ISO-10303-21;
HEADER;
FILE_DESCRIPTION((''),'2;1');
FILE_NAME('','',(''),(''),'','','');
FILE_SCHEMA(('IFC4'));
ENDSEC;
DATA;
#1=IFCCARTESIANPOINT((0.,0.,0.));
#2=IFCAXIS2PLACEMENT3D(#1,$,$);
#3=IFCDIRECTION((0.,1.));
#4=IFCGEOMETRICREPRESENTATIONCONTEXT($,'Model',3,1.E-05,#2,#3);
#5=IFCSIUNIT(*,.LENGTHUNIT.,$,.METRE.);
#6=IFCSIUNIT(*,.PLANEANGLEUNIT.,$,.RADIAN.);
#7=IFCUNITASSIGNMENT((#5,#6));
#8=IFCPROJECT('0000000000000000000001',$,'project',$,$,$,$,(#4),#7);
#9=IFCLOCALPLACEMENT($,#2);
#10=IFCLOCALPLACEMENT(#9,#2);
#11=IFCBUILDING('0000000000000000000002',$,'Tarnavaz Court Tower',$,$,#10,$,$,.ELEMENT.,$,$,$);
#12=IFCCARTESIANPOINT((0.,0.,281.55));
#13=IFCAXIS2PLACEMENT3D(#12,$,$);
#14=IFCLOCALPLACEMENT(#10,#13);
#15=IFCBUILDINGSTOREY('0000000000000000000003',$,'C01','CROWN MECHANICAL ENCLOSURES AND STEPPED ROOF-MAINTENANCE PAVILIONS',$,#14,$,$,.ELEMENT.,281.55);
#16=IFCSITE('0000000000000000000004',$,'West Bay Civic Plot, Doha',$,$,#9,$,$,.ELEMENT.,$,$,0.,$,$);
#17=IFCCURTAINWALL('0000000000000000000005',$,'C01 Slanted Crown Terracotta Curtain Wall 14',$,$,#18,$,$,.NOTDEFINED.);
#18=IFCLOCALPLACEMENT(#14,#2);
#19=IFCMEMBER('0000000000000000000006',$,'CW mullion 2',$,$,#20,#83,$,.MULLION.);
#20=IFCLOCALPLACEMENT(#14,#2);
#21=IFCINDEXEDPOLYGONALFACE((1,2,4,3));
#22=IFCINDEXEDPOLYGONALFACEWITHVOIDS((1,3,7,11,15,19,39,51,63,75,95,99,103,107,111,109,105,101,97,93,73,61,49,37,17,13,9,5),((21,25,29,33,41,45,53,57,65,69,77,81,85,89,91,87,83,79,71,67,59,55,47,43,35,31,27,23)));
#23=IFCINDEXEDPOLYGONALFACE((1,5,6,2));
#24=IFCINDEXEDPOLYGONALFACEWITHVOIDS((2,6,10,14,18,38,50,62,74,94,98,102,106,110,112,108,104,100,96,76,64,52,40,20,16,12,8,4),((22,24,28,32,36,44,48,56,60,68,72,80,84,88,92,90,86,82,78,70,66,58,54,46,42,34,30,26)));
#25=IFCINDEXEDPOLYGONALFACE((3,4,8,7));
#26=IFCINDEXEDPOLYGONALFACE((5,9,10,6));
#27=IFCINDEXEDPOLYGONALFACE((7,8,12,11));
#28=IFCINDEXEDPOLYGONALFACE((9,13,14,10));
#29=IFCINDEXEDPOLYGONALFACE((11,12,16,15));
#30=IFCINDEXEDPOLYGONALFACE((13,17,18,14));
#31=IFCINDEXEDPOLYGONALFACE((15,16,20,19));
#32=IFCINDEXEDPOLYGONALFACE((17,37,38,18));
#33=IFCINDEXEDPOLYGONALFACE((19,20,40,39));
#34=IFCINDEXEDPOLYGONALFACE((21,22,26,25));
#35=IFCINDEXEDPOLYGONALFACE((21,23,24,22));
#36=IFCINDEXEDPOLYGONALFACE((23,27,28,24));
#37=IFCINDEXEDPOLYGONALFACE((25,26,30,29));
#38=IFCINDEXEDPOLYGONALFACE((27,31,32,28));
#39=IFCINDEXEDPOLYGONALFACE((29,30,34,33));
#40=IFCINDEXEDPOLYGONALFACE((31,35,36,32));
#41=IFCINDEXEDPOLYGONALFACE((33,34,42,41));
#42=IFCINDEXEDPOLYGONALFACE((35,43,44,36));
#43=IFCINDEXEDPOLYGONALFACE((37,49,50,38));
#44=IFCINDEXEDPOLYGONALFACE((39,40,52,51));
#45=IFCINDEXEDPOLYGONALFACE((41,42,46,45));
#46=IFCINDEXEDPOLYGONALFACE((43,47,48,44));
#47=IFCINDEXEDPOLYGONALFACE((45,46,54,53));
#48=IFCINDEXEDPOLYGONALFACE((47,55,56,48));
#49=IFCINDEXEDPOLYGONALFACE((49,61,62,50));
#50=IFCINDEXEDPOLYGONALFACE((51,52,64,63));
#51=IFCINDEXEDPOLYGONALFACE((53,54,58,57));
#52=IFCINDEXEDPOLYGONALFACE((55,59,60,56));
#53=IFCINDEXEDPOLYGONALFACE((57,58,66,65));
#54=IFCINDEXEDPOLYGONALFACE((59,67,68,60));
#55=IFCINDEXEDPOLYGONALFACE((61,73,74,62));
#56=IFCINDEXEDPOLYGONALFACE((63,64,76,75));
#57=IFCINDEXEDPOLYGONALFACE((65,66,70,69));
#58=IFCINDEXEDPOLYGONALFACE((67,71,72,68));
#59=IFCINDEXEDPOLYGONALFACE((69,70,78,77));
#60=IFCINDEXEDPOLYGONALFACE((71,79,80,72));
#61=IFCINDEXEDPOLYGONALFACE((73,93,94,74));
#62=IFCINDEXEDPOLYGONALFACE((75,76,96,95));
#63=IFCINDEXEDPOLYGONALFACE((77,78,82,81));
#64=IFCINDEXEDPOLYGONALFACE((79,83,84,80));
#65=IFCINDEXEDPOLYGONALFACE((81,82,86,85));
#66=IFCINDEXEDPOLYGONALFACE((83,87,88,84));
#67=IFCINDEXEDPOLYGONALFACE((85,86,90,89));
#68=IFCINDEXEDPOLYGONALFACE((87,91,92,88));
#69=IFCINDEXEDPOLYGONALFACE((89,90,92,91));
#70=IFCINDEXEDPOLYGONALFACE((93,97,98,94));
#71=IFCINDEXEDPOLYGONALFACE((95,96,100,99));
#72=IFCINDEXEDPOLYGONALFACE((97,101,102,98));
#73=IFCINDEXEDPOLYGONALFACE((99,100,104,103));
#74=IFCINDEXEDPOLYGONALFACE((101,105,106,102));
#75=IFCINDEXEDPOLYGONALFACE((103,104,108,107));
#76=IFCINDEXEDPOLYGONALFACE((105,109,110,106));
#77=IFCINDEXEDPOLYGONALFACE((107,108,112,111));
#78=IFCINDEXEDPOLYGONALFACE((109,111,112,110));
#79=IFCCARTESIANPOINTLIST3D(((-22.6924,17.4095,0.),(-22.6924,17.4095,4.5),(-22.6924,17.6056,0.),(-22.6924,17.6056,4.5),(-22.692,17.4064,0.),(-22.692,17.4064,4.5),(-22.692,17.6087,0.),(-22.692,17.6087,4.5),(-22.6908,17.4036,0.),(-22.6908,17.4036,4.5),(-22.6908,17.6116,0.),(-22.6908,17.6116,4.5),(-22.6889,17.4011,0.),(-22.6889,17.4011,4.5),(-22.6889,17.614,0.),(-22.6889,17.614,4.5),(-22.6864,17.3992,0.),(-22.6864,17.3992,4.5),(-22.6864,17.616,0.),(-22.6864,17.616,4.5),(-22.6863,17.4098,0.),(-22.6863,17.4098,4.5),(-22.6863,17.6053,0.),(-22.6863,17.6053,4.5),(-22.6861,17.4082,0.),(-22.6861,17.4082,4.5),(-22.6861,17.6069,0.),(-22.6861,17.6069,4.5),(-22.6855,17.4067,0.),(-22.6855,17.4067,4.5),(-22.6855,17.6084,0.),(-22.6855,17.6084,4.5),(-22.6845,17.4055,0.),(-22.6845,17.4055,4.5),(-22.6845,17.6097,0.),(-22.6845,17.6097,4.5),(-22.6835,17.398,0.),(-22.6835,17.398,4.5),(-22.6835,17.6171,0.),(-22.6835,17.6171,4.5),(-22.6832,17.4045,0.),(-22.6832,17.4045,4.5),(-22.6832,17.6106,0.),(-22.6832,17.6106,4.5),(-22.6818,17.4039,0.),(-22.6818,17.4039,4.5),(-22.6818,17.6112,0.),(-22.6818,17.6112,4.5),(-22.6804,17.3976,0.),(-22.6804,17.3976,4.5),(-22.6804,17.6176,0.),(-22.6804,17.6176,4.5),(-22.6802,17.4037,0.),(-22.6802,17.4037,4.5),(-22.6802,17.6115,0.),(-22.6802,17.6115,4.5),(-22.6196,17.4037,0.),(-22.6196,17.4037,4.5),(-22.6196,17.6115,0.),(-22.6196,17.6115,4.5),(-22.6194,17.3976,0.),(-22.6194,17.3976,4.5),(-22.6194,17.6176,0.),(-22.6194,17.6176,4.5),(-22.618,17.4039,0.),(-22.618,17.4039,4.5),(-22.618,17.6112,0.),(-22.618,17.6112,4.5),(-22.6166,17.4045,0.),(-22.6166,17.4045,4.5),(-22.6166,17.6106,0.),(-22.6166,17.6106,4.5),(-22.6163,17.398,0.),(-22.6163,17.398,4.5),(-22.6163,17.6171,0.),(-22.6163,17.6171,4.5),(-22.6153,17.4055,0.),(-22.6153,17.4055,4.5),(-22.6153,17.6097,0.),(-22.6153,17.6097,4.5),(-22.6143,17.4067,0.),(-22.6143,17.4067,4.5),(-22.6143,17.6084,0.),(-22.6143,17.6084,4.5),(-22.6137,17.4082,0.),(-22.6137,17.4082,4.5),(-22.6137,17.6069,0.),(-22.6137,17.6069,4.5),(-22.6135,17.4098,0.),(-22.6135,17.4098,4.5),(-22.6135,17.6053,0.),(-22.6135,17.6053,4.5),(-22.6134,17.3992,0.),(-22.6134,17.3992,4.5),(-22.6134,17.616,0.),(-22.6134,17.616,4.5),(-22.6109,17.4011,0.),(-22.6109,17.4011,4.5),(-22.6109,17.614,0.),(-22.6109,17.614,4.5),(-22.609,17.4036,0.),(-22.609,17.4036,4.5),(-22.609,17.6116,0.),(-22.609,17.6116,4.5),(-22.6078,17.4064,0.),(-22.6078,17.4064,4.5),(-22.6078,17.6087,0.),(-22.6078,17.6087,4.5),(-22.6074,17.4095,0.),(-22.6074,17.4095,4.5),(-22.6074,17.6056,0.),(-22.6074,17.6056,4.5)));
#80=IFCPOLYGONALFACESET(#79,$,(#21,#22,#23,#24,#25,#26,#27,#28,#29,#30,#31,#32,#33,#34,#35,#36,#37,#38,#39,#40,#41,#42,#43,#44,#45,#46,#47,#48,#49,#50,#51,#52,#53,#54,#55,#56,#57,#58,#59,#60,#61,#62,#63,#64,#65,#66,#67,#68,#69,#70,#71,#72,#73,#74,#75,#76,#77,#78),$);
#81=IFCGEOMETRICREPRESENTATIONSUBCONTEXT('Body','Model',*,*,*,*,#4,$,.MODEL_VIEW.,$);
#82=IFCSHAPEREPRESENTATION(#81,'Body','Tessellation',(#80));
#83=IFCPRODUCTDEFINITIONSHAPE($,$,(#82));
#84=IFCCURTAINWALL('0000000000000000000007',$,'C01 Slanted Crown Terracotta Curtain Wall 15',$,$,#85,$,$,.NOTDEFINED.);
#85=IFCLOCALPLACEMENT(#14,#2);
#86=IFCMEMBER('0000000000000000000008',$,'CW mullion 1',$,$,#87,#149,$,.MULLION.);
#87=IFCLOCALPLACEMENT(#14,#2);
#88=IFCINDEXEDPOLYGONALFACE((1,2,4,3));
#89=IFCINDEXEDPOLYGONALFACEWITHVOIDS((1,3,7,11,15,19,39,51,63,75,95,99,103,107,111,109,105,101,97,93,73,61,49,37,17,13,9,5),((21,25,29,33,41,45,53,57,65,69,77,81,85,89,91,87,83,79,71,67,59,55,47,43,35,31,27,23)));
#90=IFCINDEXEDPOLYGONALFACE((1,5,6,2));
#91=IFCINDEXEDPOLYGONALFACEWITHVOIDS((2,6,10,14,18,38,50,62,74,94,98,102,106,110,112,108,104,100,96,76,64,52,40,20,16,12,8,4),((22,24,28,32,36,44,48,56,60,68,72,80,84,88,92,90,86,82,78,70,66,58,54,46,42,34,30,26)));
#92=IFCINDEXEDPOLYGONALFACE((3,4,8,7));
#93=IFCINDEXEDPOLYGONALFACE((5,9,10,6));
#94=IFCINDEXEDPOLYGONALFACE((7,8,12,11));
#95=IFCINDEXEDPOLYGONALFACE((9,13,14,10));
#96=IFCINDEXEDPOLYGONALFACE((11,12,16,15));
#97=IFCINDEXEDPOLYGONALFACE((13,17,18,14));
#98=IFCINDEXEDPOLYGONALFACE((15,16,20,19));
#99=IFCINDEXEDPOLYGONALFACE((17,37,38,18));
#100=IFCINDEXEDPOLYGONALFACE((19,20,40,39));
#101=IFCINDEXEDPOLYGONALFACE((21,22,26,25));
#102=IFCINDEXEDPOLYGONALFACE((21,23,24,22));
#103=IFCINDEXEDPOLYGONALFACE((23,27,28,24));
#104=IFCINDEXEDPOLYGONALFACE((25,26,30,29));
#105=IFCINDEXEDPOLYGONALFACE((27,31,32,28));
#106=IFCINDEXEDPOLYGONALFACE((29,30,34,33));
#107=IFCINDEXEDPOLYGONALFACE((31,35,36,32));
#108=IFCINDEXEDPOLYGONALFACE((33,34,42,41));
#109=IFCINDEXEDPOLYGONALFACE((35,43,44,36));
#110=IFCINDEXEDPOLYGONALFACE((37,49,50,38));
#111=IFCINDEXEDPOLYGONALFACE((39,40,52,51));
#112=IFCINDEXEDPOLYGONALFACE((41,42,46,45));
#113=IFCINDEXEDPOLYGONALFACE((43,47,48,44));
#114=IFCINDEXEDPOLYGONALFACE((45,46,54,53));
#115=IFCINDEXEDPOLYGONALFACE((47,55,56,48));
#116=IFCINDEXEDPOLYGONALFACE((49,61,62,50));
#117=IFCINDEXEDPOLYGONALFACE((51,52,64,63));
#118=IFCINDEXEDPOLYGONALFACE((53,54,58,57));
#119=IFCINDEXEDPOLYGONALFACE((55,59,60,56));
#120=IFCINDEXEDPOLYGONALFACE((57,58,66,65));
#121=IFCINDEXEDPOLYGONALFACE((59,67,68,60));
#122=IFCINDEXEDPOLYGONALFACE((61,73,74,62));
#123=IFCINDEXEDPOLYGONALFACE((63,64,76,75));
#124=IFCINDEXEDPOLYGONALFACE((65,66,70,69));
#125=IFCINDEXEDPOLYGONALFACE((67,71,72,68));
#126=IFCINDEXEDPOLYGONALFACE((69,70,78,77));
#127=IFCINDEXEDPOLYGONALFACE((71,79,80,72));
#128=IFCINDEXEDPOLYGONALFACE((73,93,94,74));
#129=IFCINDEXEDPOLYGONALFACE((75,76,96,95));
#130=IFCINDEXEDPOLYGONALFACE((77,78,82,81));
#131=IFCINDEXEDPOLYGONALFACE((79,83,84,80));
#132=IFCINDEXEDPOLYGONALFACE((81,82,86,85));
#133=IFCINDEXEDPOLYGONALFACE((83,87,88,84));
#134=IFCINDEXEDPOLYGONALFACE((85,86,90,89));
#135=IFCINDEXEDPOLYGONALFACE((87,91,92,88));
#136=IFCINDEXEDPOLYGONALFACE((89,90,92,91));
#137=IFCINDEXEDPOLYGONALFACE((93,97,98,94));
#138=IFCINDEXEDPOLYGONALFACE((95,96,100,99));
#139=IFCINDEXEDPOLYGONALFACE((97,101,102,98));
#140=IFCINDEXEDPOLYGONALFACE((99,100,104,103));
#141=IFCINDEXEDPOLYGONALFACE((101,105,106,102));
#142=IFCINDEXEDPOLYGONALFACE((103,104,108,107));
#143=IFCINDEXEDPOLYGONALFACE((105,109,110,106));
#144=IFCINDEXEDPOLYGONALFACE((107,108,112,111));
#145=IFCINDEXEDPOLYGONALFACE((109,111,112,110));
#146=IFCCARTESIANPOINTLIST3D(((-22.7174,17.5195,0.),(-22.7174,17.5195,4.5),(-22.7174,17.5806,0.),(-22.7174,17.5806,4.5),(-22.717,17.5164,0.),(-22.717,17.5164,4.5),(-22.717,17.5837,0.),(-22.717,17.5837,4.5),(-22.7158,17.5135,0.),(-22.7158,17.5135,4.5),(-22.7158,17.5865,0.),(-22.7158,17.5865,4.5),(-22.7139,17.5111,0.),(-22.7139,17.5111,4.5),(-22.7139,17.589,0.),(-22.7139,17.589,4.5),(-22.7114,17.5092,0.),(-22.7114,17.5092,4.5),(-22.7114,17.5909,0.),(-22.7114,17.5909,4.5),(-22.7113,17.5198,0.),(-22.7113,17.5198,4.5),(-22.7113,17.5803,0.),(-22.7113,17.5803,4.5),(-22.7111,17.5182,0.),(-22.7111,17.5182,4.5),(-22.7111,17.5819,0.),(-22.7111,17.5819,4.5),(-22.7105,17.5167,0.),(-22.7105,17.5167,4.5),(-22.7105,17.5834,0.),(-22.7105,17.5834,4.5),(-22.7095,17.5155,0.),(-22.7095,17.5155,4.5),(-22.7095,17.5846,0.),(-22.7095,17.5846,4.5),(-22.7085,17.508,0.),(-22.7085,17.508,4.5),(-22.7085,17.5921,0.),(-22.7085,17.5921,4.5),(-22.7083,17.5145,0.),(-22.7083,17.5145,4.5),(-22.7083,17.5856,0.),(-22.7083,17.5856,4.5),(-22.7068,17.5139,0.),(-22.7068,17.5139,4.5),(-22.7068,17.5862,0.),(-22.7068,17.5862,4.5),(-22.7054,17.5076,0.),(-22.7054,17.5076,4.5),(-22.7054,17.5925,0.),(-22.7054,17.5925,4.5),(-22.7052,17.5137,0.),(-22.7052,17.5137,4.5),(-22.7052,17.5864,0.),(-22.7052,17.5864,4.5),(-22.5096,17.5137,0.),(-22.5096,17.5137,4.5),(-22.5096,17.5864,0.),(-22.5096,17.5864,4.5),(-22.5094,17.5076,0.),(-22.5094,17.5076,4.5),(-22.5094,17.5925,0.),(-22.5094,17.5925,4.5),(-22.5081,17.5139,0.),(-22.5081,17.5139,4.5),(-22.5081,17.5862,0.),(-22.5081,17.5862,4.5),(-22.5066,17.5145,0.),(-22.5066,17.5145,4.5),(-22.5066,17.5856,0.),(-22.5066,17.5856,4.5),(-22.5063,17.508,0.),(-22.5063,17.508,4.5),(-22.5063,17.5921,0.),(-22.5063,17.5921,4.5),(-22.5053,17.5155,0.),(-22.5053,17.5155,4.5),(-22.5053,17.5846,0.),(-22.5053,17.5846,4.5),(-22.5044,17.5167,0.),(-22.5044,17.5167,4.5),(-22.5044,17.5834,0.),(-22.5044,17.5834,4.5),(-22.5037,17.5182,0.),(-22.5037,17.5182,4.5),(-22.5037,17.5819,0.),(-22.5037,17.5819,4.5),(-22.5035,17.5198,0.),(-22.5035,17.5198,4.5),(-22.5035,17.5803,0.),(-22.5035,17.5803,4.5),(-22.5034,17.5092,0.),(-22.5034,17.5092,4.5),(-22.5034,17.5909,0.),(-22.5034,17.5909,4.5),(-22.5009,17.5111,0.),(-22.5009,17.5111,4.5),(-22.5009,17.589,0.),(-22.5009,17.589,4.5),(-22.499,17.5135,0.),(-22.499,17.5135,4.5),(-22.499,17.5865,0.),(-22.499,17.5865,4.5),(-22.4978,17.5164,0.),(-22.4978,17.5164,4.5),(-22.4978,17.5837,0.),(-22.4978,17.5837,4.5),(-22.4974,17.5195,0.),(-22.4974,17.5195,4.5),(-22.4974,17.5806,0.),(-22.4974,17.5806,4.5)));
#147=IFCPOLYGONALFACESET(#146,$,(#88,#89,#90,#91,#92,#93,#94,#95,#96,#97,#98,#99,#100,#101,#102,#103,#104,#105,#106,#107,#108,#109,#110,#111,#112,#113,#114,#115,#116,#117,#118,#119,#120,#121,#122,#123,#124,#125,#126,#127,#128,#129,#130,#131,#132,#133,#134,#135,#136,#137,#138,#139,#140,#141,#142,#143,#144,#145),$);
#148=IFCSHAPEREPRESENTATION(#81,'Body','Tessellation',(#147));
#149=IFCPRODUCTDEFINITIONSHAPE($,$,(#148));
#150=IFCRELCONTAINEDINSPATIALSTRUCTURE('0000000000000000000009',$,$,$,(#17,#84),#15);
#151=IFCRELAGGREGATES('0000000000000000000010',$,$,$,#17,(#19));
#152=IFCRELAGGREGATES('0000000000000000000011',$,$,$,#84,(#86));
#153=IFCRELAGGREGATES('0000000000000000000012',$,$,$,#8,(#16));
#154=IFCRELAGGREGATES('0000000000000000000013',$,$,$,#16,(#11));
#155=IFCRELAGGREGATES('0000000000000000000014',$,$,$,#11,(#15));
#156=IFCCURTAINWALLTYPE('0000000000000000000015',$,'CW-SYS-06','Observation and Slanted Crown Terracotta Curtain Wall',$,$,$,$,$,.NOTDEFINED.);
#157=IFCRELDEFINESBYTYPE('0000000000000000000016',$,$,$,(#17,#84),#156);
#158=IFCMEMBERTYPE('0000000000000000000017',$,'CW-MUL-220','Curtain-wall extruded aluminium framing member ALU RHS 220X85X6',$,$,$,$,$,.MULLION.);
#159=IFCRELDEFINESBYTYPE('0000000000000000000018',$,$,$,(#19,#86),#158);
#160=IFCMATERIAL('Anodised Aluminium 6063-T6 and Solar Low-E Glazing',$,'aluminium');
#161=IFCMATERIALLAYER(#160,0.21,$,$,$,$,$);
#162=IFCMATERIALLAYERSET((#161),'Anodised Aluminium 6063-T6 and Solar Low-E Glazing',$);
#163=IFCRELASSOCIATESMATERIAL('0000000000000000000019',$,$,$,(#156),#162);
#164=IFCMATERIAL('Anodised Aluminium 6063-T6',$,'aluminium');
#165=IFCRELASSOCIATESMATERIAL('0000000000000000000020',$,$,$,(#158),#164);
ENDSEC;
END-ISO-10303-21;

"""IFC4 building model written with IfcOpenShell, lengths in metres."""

from ifc_helpers import new_model, si_unit, direction, frame, origin, origin_2d, place, context, subcontext, project, spatial, hollow_rectangle, extrude, material, layer, layer_set, material_profile, profile_set, type_object, element, aggregate, save


model = new_model("IFC4")

# Units and contexts
model_context = context("Model", 3, precision=1e-05, world=origin(), true_north=direction((0.0, 1.0)))
body_context = subcontext(model_context, "Body", "Model", "MODEL_VIEW")
ifc_project = project(units=[si_unit("LENGTHUNIT", "METRE"), si_unit("PLANEANGLEUNIT", "RADIAN")], contexts=[model_context])

# Site, building, storey
site_placement = place(None, origin())
site = spatial("IfcSite", under=ifc_project, at=site_placement, Name="West Bay Civic Plot, Doha", CompositionType="ELEMENT", RefElevation=0.0)
building_placement = place(site_placement, origin())
building = spatial("IfcBuilding", under=site, at=building_placement, Name="Tarnavaz Court Tower", CompositionType="ELEMENT")
storey_placement = place(building_placement, frame((0.0, 0.0, 281.55)))
storey = spatial("IfcBuildingStorey", under=building, at=storey_placement, Name="C01", Description="CROWN MECHANICAL ENCLOSURES AND STEPPED ROOF-MAINTENANCE PAVILIONS", CompositionType="ELEMENT", Elevation=281.55)

# Shared definitions
ifc_material_1 = material(Name="Anodised Aluminium 6063-T6 and Solar Low-E Glazing", Category="aluminium")
ifc_layer_1 = layer(ifc_material_1, 0.21)
ifc_layer_set_1 = layer_set([ifc_layer_1], Name="Anodised Aluminium 6063-T6 and Solar Low-E Glazing")
curtain_wall_type = type_object("IfcCurtainWallType", Name="CW-SYS-06", Description="Observation and Slanted Crown Terracotta Curtain Wall", PredefinedType="NOTDEFINED", material=ifc_layer_set_1)
ifc_material_2 = material(Name="Anodised Aluminium 6063-T6", Category="aluminium")
ifc_material_profile_1 = material_profile(ifc_material_2, hollow_rectangle(XDim=0.085, YDim=0.22, WallThickness=0.0061, InnerFilletRadius=0.0061, OuterFilletRadius=0.012, at=origin_2d()), Name="ALU RHS 220X85X6")
ifc_profile_set_1 = profile_set([ifc_material_profile_1], Name="Anodised Aluminium 6063-T6")
member_type_1 = type_object("IfcMemberType", Name="CW-MUL-220", Description="Curtain-wall extruded aluminium framing member ALU RHS 220X85X6", PredefinedType="MULLION", material=ifc_profile_set_1)

# Curtain walls, members
curtain_wall_1_placement = place(storey_placement, origin())
curtain_wall_1 = element("IfcCurtainWall", 1, at=curtain_wall_1_placement, inside=storey, type_object=curtain_wall_type, Name="C01 Slanted Crown Terracotta Curtain Wall 14", PredefinedType="NOTDEFINED")
member_1_placement = place(storey_placement, frame((-22.6499, 17.5076, 0.0), z_axis=(0.0, 0.0, 1.0), x_axis=(-1.0, 0.0, 0.0)))
member_1 = element("IfcMember", 2, at=member_1_placement, type_object=member_type_1, Name="CW mullion 2", PredefinedType="MULLION", context=body_context, shape_type="SweptSolid", body=[
    extrude(hollow_rectangle(XDim=0.085, YDim=0.22, WallThickness=0.0061, InnerFilletRadius=0.0061, OuterFilletRadius=0.012, at=origin_2d()), origin(), (0.0, 0.0, 1.0), 4.5),
])
curtain_wall_2_placement = place(storey_placement, origin())
curtain_wall_2 = element("IfcCurtainWall", 3, at=curtain_wall_2_placement, inside=storey, type_object=curtain_wall_type, Name="C01 Slanted Crown Terracotta Curtain Wall 15", PredefinedType="NOTDEFINED")
member_2_placement = place(storey_placement, frame((-22.6074, 17.55, 0.0), z_axis=(0.0, 0.0, 1.0), x_axis=(0.0, 1.0, 0.0)))
member_2 = element("IfcMember", 4, at=member_2_placement, type_object=member_type_1, Name="CW mullion 1", PredefinedType="MULLION", context=body_context, shape_type="SweptSolid", body=[
    extrude(hollow_rectangle(XDim=0.085, YDim=0.22, WallThickness=0.0061, InnerFilletRadius=0.0061, OuterFilletRadius=0.012, at=origin_2d()), origin(), (0.0, 0.0, 1.0), 4.5),
])

aggregate(curtain_wall_1, [member_1])
aggregate(curtain_wall_2, [member_2])

save(model, "model.ifc")
